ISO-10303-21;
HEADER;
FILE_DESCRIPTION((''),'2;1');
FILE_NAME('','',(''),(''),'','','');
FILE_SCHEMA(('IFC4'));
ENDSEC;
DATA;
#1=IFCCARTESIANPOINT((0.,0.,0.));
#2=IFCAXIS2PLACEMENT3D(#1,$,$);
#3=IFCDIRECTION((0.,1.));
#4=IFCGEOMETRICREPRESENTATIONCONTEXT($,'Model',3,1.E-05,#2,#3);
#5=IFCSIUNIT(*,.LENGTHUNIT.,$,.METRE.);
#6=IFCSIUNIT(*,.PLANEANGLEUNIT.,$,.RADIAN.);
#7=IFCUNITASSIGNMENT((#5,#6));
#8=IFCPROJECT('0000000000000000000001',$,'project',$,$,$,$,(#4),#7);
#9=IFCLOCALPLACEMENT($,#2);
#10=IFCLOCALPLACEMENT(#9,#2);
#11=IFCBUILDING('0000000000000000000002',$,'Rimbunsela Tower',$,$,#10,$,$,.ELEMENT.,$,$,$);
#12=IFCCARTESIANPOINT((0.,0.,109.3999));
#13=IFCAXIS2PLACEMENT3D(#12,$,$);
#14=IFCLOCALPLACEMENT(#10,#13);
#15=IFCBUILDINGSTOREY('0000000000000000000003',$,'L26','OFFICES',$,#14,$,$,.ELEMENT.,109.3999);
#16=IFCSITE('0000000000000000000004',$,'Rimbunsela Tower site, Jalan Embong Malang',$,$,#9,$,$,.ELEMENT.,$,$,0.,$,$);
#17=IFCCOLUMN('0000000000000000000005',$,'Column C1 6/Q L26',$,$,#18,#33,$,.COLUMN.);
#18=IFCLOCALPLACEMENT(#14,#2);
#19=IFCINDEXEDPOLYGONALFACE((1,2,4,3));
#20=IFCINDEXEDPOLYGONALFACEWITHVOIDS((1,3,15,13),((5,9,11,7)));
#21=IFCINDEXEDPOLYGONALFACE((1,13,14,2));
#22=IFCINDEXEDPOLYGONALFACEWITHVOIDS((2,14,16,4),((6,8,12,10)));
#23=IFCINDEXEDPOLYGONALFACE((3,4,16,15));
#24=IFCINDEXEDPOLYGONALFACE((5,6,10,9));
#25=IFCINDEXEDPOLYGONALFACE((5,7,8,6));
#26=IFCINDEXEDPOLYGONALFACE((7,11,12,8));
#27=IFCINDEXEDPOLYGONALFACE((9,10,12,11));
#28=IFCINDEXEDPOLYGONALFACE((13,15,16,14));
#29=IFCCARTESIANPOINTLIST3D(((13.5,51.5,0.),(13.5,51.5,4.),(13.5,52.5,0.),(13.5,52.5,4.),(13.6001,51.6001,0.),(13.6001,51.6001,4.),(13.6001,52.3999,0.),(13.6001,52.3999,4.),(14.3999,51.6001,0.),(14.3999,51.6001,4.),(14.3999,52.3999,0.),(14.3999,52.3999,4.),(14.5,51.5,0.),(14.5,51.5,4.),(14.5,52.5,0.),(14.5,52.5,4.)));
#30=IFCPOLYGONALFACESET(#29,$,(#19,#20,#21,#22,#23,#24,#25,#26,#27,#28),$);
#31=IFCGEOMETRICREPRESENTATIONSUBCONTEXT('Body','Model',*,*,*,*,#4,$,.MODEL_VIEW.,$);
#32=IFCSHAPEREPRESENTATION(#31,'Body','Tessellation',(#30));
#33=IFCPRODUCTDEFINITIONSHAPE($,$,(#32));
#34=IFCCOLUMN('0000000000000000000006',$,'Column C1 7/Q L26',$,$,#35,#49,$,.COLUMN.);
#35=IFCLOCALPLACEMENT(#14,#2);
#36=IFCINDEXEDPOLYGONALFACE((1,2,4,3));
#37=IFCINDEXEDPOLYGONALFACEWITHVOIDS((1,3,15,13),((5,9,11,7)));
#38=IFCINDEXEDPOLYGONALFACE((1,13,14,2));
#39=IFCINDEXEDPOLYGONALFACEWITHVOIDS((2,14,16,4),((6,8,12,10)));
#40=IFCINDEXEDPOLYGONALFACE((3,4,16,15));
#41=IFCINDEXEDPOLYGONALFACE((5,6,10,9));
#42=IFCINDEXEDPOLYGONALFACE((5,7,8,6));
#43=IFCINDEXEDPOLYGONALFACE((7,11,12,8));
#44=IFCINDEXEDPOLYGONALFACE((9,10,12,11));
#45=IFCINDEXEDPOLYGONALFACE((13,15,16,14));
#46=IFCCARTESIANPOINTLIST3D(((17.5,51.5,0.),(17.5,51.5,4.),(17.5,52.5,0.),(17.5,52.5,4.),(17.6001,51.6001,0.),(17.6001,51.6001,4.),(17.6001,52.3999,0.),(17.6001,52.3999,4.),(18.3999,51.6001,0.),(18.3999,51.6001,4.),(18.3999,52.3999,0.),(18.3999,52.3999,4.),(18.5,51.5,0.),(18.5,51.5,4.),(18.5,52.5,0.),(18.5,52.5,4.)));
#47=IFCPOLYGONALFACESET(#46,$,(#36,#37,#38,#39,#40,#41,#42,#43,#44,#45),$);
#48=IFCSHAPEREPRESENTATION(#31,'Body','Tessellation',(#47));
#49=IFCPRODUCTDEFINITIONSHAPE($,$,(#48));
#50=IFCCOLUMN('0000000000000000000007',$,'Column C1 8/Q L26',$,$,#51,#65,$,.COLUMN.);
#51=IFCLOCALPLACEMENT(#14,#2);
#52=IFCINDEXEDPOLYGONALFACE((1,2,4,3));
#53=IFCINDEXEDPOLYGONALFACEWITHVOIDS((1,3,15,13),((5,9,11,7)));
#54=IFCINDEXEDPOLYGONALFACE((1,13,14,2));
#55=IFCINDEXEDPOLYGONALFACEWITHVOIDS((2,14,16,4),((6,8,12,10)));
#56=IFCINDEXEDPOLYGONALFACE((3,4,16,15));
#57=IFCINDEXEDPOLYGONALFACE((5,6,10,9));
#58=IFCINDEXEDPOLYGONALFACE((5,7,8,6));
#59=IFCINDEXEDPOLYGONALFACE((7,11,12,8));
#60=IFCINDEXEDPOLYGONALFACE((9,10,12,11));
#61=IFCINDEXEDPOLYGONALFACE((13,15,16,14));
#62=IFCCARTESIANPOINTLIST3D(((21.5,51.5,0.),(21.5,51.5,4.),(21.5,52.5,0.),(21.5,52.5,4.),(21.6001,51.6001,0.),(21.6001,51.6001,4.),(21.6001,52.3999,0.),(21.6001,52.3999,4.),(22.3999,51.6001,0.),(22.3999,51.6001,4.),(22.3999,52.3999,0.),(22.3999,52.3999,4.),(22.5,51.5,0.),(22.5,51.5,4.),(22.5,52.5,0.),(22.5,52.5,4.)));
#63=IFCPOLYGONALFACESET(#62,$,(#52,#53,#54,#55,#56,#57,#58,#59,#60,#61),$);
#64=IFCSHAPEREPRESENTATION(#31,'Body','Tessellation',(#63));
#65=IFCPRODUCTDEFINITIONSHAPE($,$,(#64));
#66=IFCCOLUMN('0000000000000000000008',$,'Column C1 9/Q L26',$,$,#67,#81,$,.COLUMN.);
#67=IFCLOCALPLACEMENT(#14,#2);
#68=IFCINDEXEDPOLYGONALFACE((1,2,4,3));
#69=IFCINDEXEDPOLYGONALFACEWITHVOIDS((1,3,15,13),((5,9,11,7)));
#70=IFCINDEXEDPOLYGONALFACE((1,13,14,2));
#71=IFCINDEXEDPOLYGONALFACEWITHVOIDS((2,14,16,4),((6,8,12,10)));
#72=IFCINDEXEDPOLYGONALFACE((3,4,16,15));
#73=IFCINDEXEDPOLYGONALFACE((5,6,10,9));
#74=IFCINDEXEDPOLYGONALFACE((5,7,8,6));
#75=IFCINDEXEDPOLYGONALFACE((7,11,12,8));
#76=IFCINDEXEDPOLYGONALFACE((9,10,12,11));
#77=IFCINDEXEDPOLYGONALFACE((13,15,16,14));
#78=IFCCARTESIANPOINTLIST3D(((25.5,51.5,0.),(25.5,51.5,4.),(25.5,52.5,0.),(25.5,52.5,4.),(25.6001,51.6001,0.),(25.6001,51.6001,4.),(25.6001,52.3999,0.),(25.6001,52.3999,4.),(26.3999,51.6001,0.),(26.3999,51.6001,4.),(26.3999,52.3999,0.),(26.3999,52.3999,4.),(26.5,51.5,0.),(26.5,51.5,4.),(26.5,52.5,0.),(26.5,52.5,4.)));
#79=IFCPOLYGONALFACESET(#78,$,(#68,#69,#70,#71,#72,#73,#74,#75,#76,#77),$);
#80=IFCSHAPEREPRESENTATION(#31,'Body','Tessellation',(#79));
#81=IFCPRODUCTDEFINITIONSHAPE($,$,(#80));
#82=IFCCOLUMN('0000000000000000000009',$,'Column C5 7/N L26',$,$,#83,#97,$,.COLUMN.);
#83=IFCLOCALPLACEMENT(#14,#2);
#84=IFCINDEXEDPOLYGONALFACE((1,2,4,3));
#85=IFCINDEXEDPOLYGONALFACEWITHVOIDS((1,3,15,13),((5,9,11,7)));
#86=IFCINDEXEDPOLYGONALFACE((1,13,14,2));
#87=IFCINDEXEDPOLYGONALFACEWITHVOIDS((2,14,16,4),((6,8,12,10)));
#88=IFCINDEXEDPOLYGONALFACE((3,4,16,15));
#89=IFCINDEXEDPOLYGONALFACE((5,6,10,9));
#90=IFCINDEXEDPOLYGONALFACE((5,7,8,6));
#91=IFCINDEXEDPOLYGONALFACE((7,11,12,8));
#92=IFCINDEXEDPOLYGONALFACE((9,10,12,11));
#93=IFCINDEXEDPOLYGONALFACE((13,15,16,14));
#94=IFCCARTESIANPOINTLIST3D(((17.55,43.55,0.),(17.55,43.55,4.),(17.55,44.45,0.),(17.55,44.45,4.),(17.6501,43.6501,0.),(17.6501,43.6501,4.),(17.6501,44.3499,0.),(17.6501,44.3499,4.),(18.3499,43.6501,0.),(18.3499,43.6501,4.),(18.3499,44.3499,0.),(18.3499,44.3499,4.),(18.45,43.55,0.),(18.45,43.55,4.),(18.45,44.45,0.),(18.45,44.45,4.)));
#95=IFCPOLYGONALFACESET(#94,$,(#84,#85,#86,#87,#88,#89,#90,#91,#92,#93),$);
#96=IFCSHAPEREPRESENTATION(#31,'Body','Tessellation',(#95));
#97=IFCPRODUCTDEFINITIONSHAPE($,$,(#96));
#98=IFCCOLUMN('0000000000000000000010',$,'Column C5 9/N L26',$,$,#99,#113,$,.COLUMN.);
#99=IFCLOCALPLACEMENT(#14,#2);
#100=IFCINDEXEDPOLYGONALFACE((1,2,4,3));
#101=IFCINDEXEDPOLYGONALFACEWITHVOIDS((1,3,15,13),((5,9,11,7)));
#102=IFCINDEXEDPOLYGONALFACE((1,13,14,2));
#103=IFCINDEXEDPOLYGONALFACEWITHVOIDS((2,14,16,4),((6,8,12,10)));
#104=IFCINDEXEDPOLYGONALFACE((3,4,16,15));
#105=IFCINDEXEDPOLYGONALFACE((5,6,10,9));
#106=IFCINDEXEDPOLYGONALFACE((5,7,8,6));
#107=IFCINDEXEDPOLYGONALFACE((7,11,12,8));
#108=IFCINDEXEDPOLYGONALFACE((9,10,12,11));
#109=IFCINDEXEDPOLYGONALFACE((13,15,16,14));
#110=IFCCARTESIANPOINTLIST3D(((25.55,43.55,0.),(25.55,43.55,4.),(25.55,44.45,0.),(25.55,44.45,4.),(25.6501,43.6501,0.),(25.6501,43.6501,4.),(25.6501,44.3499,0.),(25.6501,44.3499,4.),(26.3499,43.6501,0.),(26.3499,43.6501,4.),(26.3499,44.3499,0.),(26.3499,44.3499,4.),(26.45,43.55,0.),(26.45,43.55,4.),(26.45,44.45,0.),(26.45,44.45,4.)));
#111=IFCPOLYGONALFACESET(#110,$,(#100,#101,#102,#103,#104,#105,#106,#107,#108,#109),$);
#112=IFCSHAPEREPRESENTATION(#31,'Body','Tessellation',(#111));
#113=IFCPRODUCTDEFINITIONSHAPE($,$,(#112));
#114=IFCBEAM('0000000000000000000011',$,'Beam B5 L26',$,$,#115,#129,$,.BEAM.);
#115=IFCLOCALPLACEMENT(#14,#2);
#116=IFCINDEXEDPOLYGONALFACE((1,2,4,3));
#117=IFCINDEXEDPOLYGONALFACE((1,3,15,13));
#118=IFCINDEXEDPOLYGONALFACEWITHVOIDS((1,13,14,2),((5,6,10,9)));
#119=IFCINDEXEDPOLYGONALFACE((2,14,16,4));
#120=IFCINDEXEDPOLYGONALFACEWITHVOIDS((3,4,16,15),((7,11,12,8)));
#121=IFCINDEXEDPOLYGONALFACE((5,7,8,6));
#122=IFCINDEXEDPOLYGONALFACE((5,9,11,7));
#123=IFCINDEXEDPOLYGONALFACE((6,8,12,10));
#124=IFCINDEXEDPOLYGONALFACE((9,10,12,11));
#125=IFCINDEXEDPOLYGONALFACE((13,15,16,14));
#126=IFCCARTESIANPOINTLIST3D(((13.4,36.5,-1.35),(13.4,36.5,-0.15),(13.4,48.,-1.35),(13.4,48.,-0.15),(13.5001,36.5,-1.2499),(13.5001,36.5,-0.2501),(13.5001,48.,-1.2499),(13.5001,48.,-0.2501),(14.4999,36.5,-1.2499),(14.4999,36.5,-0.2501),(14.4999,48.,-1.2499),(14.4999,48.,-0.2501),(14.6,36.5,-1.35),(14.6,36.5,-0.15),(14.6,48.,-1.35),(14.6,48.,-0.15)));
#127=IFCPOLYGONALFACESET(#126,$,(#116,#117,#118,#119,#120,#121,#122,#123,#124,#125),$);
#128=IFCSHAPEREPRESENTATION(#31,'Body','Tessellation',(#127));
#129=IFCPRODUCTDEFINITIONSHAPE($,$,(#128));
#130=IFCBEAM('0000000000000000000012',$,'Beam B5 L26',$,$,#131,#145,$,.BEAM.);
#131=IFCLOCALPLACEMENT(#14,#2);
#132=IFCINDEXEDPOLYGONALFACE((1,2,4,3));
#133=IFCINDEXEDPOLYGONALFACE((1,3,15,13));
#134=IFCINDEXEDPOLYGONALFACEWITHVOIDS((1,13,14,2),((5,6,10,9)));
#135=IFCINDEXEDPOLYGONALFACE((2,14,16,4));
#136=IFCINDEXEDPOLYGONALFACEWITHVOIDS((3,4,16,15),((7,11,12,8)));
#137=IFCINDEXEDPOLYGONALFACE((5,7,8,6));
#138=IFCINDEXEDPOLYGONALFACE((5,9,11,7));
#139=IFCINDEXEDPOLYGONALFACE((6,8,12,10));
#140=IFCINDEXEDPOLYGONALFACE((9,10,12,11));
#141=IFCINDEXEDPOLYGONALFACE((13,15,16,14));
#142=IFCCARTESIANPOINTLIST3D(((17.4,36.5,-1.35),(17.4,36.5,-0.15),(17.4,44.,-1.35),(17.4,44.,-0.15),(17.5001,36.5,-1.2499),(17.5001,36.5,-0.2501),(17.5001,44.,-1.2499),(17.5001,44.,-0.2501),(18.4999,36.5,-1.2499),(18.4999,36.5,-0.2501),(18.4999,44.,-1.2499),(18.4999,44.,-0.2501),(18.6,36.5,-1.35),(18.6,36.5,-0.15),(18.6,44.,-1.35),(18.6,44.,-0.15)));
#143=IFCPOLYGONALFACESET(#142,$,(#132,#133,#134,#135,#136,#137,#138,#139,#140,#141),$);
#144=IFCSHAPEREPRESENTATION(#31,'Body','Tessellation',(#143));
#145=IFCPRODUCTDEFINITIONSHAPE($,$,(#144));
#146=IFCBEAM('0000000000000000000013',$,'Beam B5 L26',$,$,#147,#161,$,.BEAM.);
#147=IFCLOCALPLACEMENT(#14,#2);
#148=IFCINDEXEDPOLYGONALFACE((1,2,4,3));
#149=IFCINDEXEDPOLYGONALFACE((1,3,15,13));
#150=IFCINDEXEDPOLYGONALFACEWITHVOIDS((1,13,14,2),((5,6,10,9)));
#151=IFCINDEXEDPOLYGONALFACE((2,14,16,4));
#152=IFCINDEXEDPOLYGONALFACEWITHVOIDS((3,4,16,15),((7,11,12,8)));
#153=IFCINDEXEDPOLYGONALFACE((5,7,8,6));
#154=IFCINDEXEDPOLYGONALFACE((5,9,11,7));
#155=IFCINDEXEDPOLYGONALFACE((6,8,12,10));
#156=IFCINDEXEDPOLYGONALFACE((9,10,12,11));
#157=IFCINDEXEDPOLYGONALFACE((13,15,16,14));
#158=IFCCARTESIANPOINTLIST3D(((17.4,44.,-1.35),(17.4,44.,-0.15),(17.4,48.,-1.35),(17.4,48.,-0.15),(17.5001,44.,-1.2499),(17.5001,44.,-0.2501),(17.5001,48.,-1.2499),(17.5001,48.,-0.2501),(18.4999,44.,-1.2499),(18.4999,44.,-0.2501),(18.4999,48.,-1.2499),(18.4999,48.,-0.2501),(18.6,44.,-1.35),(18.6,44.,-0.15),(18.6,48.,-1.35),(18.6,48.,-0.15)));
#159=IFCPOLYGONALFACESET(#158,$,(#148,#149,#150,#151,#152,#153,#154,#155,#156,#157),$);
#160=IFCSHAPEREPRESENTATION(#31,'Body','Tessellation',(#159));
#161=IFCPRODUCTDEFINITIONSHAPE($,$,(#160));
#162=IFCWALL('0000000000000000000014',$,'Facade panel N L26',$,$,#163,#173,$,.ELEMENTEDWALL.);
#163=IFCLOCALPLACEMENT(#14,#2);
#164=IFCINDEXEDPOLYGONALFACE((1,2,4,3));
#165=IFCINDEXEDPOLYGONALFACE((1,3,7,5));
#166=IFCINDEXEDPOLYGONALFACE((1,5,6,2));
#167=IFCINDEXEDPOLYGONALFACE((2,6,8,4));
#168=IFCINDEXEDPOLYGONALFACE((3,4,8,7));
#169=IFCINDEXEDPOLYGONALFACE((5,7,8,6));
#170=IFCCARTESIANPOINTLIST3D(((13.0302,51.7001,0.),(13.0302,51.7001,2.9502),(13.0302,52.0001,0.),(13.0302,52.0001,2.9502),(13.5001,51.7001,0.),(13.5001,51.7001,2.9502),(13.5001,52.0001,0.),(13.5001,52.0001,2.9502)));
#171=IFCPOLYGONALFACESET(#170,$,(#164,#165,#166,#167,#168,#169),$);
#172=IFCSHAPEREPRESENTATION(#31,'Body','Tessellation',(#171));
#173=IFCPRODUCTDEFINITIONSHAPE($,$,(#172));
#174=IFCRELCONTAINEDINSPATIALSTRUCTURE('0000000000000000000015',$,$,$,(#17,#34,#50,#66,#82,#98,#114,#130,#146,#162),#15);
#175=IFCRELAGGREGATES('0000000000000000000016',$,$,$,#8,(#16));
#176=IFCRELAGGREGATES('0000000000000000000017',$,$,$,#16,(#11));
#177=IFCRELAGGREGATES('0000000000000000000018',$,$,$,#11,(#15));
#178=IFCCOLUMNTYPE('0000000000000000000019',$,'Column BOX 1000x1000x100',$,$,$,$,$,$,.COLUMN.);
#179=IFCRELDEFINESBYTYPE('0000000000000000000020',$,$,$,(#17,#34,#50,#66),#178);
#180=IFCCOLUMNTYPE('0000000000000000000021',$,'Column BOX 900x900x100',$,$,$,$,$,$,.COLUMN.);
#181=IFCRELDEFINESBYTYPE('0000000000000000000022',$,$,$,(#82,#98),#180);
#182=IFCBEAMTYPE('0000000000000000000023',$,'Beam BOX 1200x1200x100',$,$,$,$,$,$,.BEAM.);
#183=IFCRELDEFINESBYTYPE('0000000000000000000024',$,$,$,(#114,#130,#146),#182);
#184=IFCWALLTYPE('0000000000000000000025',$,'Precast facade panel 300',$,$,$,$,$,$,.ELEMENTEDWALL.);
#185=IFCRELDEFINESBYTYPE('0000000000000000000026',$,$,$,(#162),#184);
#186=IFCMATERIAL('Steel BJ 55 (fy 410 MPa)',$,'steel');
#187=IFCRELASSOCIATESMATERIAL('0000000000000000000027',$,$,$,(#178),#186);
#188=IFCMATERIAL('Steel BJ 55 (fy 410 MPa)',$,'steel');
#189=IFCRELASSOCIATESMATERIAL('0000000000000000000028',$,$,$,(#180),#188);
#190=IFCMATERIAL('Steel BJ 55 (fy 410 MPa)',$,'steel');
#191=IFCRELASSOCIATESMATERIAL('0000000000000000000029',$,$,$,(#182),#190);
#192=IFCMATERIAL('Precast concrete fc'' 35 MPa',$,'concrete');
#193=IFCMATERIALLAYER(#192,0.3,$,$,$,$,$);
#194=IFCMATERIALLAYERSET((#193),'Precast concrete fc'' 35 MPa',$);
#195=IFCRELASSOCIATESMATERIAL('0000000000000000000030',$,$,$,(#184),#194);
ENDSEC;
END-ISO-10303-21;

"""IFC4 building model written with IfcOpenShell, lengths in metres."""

from ifc_helpers import new_model, si_unit, direction, frame, frame_2d, origin, origin_2d, place, context, subcontext, project, spatial, rectangle, hollow_rectangle, extrude, material, layer, layer_set, material_profile, profile_set, type_object, element, save


model = new_model("IFC4")

# Units and contexts
model_context = context("Model", 3, precision=1e-05, world=origin(), true_north=direction((0.0, 1.0)))
body_context = subcontext(model_context, "Body", "Model", "MODEL_VIEW")
ifc_project = project(units=[si_unit("LENGTHUNIT", "METRE"), si_unit("PLANEANGLEUNIT", "RADIAN")], contexts=[model_context])

# Site, building, storey
site_placement = place(None, origin())
site = spatial("IfcSite", under=ifc_project, at=site_placement, Name="Rimbunsela Tower site, Jalan Embong Malang", CompositionType="ELEMENT", RefElevation=0.0)
building_placement = place(site_placement, origin())
building = spatial("IfcBuilding", under=site, at=building_placement, Name="Rimbunsela Tower", CompositionType="ELEMENT")
storey_placement = place(building_placement, frame((0.0, 0.0, 109.3999)))
storey = spatial("IfcBuildingStorey", under=building, at=storey_placement, Name="L26", Description="OFFICES", CompositionType="ELEMENT", Elevation=109.3999)

# Columns
ifc_material_1 = material(Name="Steel BJ 55 (fy 410 MPa)", Category="steel")
ifc_material_profile_1 = material_profile(ifc_material_1, hollow_rectangle(XDim=1.0, YDim=1.0, WallThickness=0.1001, at=origin_2d()), Name="BOX 1000x1000x100")
ifc_profile_set_1 = profile_set([ifc_material_profile_1], Name="Steel BJ 55 (fy 410 MPa)")
column_type_1 = type_object("IfcColumnType", Name="Column BOX 1000x1000x100", PredefinedType="COLUMN", material=ifc_profile_set_1)
for number, where, z_axis, x_axis, name in (
    (1, (14.0, 52.0, 0.0), (0.0, 0.0, 1.0), (1.0, 0.0, 0.0), "Column C1 6/Q L26"),
    (2, (18.0, 52.0, 0.0), (0.0, 0.0, 1.0), (1.0, 0.0, 0.0), "Column C1 7/Q L26"),
    (3, (22.0, 52.0, 0.0), (0.0, 0.0, 1.0), (1.0, 0.0, 0.0), "Column C1 8/Q L26"),
    (4, (26.0, 52.0, 0.0), (0.0, 0.0, 1.0), (1.0, 0.0, 0.0), "Column C1 9/Q L26"),
):
    element("IfcColumn", number, at=place(storey_placement, frame(where, z_axis=z_axis, x_axis=x_axis)), inside=storey, type_object=column_type_1, Name=name, PredefinedType="COLUMN", context=body_context, shape_type="SweptSolid", body=[
        extrude(hollow_rectangle(XDim=1.0, YDim=1.0, WallThickness=0.1001, at=origin_2d()), origin(), (0.0, 0.0, 1.0), 4.0),
    ])
ifc_material_2 = material(Name="Steel BJ 55 (fy 410 MPa)", Category="steel")
ifc_material_profile_2 = material_profile(ifc_material_2, hollow_rectangle(XDim=0.8999, YDim=0.8999, WallThickness=0.1001, at=origin_2d()), Name="BOX 900x900x100")
ifc_profile_set_2 = profile_set([ifc_material_profile_2], Name="Steel BJ 55 (fy 410 MPa)")
column_type_2 = type_object("IfcColumnType", Name="Column BOX 900x900x100", PredefinedType="COLUMN", material=ifc_profile_set_2)
for number, where, z_axis, x_axis, name in (
    (5, (18.0, 44.0, 0.0), (0.0, 0.0, 1.0), (1.0, 0.0, 0.0), "Column C5 7/N L26"),
    (6, (26.0, 44.0, 0.0), (0.0, 0.0, 1.0), (1.0, 0.0, 0.0), "Column C5 9/N L26"),
):
    element("IfcColumn", number, at=place(storey_placement, frame(where, z_axis=z_axis, x_axis=x_axis)), inside=storey, type_object=column_type_2, Name=name, PredefinedType="COLUMN", context=body_context, shape_type="SweptSolid", body=[
        extrude(hollow_rectangle(XDim=0.8999, YDim=0.8999, WallThickness=0.1001, at=origin_2d()), origin(), (0.0, 0.0, 1.0), 4.0),
    ])

# Beams
ifc_material_3 = material(Name="Steel BJ 55 (fy 410 MPa)", Category="steel")
ifc_material_profile_3 = material_profile(ifc_material_3, hollow_rectangle(XDim=1.2, YDim=1.2, WallThickness=0.1001, at=origin_2d()), Name="BOX 1200x1200x100")
ifc_profile_set_3 = profile_set([ifc_material_profile_3], Name="Steel BJ 55 (fy 410 MPa)")
beam_type = type_object("IfcBeamType", Name="Beam BOX 1200x1200x100", PredefinedType="BEAM", material=ifc_profile_set_3)
beam_1_placement = place(storey_placement, frame((14.0, 36.5, -0.75), z_axis=(0.0, 1.0, 0.0), x_axis=(-1.0, 0.0, 0.0)))
element("IfcBeam", 7, at=beam_1_placement, inside=storey, type_object=beam_type, Name="Beam B5 L26", PredefinedType="BEAM", context=body_context, shape_type="SweptSolid", body=[
    extrude(hollow_rectangle(XDim=1.2, YDim=1.2, WallThickness=0.1001, at=origin_2d()), origin(), (0.0, 0.0, 1.0), 11.5),
])
beam_2_placement = place(storey_placement, frame((18.0, 36.5, -0.75), z_axis=(0.0, 1.0, 0.0), x_axis=(-1.0, 0.0, 0.0)))
element("IfcBeam", 8, at=beam_2_placement, inside=storey, type_object=beam_type, Name="Beam B5 L26", PredefinedType="BEAM", context=body_context, shape_type="SweptSolid", body=[
    extrude(hollow_rectangle(XDim=1.2, YDim=1.2, WallThickness=0.1001, at=origin_2d()), origin(), (0.0, 0.0, 1.0), 7.5),
])
beam_3_placement = place(storey_placement, frame((18.0, 44.0, -0.75), z_axis=(0.0, 1.0, 0.0), x_axis=(-1.0, 0.0, 0.0)))
element("IfcBeam", 9, at=beam_3_placement, inside=storey, type_object=beam_type, Name="Beam B5 L26", PredefinedType="BEAM", context=body_context, shape_type="SweptSolid", body=[
    extrude(hollow_rectangle(XDim=1.2, YDim=1.2, WallThickness=0.1001, at=origin_2d()), origin(), (0.0, 0.0, 1.0), 4.0),
])

# Wall
ifc_material_4 = material(Name="Precast concrete fc' 35 MPa", Category="concrete")
ifc_layer_1 = layer(ifc_material_4, 0.3)
ifc_layer_set_1 = layer_set([ifc_layer_1], Name="Precast concrete fc' 35 MPa")
wall_type_1 = type_object("IfcWallType", Name="Precast facade panel 300", PredefinedType="ELEMENTEDWALL", material=ifc_layer_set_1)
wall_1_placement = place(storey_placement, frame((13.5, 51.8501, 0.0), z_axis=(0.0, 0.0, 1.0), x_axis=(-1.0, 0.0, 0.0)))
element("IfcWall", 10, at=wall_1_placement, inside=storey, type_object=wall_type_1, Name="Facade panel N L26", PredefinedType="ELEMENTEDWALL", context=body_context, shape_type="SweptSolid", body=[
    extrude(rectangle(XDim=0.47, YDim=0.3, at=frame_2d((0.2349, 0.0))), origin(), (0.0, 0.0, 1.0), 2.9502),
])

save(model, "model.ifc")
